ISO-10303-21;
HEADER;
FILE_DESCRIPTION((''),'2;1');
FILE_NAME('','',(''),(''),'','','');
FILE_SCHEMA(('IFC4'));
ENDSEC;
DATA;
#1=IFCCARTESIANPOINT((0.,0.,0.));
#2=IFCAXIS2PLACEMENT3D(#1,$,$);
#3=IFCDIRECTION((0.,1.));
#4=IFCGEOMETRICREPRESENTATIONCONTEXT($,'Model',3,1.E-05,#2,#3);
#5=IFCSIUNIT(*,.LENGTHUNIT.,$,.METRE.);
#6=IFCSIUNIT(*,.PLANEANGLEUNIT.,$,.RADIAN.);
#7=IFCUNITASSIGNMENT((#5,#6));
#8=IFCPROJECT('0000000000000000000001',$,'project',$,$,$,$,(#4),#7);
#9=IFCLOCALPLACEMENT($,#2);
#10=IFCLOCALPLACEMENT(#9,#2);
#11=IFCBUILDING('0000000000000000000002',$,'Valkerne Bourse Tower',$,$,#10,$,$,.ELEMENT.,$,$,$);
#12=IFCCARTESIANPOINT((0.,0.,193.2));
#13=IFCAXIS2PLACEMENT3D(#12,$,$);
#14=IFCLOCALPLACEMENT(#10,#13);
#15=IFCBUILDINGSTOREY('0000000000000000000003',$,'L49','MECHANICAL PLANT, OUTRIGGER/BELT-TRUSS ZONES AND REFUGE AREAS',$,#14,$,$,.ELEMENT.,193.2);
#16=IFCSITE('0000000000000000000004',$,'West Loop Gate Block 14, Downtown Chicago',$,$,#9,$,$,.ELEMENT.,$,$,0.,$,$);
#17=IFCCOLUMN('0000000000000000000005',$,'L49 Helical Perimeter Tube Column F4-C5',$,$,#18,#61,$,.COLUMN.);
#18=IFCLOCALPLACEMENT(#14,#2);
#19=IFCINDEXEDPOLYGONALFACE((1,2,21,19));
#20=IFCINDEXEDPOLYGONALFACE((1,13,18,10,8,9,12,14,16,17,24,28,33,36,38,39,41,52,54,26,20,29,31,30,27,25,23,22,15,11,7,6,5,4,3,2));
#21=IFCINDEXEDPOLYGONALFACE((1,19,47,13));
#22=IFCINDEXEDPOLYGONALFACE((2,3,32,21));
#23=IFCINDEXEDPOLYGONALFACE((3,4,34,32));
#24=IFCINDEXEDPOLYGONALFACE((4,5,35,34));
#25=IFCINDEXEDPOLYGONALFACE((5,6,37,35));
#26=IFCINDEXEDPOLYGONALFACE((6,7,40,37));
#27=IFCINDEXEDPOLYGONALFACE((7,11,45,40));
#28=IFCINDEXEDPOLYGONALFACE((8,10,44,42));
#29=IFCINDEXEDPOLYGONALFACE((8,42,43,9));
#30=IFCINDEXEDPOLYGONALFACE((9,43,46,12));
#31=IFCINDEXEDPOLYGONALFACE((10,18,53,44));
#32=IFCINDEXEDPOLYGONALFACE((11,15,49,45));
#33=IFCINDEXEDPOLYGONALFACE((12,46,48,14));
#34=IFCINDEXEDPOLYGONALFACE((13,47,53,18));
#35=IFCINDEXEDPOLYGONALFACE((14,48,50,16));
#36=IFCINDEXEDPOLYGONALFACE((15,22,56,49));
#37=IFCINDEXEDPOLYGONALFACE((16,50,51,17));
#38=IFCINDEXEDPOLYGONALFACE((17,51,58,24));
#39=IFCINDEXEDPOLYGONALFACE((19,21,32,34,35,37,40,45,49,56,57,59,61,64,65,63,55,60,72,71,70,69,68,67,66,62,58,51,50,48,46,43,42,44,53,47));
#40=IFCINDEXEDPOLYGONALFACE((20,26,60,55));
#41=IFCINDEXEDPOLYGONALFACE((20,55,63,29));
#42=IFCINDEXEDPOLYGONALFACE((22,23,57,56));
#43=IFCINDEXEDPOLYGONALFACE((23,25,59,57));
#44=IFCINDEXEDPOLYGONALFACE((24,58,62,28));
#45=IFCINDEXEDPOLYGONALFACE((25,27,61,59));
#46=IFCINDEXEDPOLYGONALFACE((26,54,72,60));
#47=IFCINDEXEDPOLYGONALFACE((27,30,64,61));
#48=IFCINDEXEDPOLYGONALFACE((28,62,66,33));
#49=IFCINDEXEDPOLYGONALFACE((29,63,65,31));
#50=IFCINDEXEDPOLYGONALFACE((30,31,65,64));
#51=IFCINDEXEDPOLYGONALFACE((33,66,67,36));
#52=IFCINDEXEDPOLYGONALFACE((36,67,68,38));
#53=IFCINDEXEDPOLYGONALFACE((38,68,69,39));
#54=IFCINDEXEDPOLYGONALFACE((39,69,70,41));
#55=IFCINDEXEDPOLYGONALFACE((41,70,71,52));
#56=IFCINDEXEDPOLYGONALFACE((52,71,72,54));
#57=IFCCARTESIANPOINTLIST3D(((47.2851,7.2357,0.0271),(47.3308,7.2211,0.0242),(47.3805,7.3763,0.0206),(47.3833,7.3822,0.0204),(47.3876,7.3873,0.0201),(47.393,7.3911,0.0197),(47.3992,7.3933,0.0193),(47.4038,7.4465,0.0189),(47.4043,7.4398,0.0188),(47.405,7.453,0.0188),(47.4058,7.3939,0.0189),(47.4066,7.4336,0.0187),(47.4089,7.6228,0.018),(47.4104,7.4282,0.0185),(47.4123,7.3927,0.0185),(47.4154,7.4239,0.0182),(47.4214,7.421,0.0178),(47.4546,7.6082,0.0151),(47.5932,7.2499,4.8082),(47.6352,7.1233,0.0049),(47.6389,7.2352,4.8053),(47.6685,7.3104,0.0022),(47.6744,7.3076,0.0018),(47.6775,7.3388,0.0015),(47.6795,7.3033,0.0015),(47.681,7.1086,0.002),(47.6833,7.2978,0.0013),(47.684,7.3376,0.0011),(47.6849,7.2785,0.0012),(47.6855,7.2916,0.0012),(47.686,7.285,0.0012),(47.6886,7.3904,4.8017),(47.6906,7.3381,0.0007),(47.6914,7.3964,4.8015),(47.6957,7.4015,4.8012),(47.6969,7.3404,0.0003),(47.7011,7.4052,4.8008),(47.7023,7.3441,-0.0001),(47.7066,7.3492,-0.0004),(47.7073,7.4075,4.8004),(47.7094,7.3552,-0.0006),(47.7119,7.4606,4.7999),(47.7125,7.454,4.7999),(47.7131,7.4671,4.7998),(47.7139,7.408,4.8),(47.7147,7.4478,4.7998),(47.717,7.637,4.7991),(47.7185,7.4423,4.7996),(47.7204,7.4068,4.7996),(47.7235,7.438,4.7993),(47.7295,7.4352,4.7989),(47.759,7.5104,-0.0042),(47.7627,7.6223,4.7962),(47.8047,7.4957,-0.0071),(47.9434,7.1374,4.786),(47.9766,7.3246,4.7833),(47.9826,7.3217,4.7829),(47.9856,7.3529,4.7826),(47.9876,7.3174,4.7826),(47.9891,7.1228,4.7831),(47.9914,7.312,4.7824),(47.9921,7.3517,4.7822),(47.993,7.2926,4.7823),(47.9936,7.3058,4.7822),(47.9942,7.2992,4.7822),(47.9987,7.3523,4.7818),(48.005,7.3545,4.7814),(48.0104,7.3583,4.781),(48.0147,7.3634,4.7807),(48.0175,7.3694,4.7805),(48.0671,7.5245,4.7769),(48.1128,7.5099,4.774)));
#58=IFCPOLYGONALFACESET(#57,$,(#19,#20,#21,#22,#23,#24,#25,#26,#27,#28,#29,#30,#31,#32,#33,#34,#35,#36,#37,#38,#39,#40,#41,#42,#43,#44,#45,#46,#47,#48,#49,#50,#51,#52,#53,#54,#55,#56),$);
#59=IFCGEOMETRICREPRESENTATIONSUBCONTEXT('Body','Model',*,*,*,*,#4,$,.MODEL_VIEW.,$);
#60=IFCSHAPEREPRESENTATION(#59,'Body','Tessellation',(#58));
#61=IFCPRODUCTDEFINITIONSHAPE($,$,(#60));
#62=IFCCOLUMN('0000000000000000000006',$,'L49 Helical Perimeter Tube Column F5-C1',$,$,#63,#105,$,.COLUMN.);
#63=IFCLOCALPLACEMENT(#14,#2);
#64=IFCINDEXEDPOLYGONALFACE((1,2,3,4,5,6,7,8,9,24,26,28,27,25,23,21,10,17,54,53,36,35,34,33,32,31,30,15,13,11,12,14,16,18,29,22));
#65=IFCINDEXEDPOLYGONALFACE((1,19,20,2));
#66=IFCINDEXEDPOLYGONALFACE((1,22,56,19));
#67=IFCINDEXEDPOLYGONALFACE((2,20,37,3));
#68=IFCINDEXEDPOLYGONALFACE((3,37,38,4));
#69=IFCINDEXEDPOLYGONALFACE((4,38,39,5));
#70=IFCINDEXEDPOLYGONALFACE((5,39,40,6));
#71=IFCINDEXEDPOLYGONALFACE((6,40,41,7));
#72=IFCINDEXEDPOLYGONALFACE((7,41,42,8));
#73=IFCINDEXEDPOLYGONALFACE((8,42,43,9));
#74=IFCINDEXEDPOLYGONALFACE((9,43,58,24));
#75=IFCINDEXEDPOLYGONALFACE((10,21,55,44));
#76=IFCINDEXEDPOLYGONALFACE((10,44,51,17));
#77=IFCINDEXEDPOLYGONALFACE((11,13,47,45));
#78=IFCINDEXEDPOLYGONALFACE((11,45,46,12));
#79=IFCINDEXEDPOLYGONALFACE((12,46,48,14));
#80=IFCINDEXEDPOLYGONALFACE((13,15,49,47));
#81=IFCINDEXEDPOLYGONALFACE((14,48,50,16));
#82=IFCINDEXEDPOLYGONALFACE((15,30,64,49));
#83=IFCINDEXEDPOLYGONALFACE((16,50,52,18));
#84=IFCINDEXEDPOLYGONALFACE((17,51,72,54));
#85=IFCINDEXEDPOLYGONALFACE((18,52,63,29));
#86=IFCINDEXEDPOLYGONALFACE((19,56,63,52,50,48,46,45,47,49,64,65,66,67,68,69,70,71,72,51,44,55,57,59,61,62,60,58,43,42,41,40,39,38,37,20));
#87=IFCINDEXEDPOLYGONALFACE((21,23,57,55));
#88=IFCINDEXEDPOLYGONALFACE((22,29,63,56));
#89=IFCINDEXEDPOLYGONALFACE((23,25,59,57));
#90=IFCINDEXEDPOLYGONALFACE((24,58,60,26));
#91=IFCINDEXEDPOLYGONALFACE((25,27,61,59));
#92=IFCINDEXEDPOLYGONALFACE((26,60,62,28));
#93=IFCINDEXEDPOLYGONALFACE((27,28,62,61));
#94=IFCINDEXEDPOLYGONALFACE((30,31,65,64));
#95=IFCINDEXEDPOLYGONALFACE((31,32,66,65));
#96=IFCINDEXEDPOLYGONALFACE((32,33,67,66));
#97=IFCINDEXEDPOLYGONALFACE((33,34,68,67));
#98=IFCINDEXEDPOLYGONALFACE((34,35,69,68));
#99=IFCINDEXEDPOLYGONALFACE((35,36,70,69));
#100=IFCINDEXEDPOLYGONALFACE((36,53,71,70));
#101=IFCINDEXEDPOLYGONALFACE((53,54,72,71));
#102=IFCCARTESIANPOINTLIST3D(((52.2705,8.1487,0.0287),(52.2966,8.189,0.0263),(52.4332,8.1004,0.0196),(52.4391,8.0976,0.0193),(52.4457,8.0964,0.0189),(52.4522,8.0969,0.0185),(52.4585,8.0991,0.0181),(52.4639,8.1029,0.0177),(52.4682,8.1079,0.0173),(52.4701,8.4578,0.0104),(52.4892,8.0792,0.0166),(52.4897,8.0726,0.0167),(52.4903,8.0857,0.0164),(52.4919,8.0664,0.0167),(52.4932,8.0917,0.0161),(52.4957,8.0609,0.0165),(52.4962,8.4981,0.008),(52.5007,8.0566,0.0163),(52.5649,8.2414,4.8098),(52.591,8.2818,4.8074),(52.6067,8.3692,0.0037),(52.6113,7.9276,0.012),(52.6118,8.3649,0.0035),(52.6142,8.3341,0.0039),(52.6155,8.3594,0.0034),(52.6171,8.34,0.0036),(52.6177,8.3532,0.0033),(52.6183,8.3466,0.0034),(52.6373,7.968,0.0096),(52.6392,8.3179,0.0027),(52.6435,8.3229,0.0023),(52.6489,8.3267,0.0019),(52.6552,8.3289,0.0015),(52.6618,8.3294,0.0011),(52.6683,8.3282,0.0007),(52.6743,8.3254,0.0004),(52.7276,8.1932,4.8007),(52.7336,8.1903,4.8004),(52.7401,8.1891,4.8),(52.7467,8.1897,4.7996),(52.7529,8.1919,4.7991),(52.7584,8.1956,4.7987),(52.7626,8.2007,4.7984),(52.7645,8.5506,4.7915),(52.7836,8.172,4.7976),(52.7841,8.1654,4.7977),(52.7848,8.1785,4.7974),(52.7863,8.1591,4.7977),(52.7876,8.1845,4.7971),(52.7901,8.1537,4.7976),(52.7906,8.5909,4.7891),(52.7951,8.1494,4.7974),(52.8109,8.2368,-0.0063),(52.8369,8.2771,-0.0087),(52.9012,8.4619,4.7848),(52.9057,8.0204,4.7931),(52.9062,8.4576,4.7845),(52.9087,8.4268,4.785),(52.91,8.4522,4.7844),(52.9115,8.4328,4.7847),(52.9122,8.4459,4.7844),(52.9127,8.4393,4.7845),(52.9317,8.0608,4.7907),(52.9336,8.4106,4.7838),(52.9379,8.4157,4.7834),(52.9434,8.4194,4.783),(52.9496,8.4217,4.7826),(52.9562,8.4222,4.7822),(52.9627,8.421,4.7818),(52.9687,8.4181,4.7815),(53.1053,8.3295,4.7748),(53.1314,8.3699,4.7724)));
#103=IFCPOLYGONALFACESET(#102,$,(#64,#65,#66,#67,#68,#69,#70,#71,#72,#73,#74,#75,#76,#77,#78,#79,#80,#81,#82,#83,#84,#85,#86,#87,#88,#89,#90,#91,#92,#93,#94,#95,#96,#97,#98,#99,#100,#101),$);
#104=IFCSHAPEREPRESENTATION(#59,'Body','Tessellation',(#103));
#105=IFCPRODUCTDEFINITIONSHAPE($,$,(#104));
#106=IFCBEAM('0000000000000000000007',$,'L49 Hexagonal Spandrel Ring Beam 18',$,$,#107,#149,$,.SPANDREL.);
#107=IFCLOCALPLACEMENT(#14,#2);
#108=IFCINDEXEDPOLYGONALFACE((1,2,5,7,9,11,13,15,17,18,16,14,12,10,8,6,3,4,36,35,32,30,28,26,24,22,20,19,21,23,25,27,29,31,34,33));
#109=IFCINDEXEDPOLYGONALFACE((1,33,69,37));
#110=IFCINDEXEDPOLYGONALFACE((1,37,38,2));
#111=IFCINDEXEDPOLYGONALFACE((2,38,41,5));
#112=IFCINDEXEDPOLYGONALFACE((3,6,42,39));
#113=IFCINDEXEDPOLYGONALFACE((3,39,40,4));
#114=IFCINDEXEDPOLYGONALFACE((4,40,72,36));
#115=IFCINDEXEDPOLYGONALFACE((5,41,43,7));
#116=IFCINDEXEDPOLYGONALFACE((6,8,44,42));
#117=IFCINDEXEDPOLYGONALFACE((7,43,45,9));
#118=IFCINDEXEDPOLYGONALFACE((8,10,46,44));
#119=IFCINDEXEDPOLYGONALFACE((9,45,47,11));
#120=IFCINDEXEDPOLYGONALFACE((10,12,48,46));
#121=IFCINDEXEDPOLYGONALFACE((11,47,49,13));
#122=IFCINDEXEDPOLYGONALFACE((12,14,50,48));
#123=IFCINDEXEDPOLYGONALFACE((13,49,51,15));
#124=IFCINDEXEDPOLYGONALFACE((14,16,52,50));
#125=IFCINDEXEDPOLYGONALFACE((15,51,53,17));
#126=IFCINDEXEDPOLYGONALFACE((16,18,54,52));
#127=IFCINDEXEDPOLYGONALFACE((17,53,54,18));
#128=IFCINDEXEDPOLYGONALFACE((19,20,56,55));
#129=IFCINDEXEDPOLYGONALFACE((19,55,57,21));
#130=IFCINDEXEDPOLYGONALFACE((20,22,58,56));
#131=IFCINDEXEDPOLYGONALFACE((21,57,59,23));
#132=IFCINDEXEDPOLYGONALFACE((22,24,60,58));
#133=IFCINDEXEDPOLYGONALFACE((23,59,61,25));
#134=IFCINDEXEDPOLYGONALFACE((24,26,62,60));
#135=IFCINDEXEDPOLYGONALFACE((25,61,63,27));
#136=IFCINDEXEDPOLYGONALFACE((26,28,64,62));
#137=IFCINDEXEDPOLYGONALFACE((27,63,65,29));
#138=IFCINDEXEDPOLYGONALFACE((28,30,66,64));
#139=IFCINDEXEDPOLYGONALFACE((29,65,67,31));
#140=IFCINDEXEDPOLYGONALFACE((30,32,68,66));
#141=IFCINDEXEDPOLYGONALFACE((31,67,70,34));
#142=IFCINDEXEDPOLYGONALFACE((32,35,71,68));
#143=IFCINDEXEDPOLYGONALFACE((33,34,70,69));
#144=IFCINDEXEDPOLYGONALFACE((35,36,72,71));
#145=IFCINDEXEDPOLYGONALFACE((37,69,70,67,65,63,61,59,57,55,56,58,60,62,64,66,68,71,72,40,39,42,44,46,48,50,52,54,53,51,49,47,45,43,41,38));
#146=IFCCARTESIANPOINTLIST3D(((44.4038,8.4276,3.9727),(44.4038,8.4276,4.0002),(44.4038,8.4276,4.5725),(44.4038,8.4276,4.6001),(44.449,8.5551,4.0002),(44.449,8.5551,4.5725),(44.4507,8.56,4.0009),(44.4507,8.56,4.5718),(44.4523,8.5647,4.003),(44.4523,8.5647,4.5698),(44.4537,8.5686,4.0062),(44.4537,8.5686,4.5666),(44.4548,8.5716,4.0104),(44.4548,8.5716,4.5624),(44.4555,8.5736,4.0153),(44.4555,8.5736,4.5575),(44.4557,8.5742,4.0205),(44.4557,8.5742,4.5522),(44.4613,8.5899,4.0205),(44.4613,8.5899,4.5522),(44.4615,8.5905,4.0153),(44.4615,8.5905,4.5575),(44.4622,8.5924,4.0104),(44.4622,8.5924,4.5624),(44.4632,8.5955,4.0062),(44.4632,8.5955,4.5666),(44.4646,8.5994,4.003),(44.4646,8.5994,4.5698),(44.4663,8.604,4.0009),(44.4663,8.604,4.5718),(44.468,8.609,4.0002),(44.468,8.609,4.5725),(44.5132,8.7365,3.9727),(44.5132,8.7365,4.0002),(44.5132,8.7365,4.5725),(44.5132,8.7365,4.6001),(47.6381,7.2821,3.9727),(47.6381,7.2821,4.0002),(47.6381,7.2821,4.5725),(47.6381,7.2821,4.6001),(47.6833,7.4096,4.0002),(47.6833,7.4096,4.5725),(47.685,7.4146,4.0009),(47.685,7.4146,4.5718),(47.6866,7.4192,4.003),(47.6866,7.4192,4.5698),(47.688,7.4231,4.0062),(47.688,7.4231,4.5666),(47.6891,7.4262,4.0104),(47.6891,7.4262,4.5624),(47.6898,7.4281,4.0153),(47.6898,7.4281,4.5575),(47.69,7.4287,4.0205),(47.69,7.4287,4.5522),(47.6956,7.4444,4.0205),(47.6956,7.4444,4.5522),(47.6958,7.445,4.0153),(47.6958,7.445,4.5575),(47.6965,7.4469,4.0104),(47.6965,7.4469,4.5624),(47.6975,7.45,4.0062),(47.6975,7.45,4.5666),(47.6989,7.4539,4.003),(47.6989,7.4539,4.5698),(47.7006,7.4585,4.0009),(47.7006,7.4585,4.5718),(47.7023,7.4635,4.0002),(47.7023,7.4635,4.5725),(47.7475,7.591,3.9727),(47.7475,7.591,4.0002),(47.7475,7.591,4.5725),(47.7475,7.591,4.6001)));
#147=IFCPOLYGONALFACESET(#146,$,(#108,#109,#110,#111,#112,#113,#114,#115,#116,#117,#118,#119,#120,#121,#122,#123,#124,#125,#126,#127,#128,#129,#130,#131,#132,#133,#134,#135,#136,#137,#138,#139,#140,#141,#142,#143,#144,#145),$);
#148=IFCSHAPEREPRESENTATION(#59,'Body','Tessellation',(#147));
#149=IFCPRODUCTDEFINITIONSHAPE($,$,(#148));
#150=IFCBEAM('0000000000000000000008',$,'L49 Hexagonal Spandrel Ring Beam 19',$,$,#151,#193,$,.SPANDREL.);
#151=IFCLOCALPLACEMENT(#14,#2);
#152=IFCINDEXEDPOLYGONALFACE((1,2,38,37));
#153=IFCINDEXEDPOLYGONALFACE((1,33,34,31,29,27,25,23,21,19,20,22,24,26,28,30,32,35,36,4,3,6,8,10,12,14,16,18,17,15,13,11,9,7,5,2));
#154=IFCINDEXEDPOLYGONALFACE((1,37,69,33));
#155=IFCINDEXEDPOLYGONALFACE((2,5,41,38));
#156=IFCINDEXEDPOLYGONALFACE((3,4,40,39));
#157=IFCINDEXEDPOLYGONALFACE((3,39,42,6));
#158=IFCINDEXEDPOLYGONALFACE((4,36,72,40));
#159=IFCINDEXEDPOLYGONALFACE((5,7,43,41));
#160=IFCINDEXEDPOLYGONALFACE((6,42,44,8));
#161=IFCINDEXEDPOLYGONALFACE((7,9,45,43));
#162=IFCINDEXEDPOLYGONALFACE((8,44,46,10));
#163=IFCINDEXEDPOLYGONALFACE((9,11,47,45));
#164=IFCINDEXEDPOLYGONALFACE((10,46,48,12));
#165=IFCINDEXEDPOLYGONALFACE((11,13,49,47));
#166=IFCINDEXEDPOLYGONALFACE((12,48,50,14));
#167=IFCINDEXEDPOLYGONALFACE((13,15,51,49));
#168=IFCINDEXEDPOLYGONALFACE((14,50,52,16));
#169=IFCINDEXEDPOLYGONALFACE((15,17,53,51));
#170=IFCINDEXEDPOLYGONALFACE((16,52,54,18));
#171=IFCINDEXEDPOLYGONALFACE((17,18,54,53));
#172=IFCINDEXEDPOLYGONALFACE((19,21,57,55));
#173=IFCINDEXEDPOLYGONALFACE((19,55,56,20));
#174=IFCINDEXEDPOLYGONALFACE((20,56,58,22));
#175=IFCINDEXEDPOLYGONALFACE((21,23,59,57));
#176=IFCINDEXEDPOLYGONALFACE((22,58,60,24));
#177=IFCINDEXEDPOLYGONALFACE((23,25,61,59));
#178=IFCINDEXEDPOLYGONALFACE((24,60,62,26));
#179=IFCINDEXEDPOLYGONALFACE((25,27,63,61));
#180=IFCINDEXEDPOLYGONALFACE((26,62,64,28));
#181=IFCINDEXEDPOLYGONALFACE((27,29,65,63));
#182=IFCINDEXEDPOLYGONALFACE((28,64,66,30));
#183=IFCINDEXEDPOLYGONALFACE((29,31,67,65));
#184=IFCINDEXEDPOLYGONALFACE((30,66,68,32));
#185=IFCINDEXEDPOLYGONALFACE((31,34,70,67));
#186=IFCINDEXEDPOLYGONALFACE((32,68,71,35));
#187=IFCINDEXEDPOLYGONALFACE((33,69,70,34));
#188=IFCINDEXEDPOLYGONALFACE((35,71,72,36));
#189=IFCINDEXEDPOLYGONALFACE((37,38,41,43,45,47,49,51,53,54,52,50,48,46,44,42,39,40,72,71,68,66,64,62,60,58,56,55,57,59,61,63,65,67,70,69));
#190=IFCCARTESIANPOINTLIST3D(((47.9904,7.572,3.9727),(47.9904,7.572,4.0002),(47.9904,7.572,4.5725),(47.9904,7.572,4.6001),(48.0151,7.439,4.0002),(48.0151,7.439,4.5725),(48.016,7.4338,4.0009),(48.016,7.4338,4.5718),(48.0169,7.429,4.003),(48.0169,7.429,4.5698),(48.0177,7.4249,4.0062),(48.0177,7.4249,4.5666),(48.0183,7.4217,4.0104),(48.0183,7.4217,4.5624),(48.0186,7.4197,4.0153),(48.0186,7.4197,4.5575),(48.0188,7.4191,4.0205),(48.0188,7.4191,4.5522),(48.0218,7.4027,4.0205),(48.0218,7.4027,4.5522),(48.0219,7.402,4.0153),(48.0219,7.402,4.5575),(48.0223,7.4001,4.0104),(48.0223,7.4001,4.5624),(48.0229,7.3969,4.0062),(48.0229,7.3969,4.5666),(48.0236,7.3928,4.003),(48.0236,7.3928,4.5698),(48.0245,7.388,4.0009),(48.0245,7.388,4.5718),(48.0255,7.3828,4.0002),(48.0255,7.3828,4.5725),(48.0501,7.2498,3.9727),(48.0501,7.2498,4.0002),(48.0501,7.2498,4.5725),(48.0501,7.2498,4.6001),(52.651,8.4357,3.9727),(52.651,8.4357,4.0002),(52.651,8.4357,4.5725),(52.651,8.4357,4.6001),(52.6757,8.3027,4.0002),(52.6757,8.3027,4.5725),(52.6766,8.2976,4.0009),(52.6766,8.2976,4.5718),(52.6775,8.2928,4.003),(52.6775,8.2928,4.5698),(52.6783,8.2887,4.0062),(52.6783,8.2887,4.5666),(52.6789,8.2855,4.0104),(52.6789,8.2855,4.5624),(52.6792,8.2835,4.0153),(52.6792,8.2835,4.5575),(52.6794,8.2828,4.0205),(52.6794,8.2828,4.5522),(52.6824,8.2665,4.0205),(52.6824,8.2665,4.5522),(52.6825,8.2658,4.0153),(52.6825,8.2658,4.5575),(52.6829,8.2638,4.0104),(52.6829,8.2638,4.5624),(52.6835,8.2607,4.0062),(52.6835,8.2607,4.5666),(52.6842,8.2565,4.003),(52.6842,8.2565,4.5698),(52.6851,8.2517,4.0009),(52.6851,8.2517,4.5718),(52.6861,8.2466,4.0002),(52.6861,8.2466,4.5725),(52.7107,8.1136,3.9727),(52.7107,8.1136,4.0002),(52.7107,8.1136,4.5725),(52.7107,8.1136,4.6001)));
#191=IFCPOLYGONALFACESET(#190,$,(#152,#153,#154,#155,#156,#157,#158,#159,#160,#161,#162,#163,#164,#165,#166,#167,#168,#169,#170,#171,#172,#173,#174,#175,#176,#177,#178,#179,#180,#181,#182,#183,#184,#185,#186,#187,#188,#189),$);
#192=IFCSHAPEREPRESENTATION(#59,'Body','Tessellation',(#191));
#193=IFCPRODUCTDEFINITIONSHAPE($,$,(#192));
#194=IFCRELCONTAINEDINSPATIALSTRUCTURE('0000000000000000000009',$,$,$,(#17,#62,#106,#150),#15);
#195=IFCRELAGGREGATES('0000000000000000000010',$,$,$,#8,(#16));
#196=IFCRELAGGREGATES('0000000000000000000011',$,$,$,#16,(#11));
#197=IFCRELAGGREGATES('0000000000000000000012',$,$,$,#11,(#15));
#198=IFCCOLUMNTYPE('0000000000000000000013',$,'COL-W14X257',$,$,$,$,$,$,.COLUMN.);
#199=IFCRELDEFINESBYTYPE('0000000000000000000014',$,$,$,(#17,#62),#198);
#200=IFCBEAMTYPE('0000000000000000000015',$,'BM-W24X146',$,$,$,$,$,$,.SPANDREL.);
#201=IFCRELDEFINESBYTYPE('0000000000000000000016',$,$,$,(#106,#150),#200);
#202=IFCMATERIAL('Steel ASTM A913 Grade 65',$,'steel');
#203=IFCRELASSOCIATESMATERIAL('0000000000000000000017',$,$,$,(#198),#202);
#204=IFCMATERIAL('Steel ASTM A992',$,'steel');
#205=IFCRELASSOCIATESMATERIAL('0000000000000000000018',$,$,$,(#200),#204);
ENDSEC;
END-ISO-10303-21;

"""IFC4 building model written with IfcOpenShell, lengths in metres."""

from ifc_helpers import new_model, si_unit, direction, frame, origin, origin_2d, place, context, subcontext, project, spatial, i_section, extrude, material, material_profile, profile_set, type_object, element, save


model = new_model("IFC4")

# Units and contexts
model_context = context("Model", 3, precision=1e-05, world=origin(), true_north=direction((0.0, 1.0)))
body_context = subcontext(model_context, "Body", "Model", "MODEL_VIEW")
ifc_project = project(units=[si_unit("LENGTHUNIT", "METRE"), si_unit("PLANEANGLEUNIT", "RADIAN")], contexts=[model_context])

# Site, building, storey
site_placement = place(None, origin())
site = spatial("IfcSite", under=ifc_project, at=site_placement, Name="West Loop Gate Block 14, Downtown Chicago", CompositionType="ELEMENT", RefElevation=0.0)
building_placement = place(site_placement, origin())
building = spatial("IfcBuilding", under=site, at=building_placement, Name="Valkerne Bourse Tower", CompositionType="ELEMENT")
storey_placement = place(building_placement, frame((0.0, 0.0, 193.2)))
storey = spatial("IfcBuildingStorey", under=building, at=storey_placement, Name="L49", Description="MECHANICAL PLANT, OUTRIGGER/BELT-TRUSS ZONES AND REFUGE AREAS", CompositionType="ELEMENT", Elevation=193.2)

# Columns
ifc_material_1 = material(Name="Steel ASTM A913 Grade 65", Category="steel")
ifc_material_profile_1 = material_profile(ifc_material_1, i_section(OverallWidth=0.4065, OverallDepth=0.4165, WebThickness=0.0298, FlangeThickness=0.0481, FilletRadius=0.0254, at=origin_2d()), Name="W14X257")
ifc_profile_set_1 = profile_set([ifc_material_profile_1], Name="Steel ASTM A913 Grade 65")
column_type = type_object("IfcColumnType", Name="COL-W14X257", PredefinedType="COLUMN", material=ifc_profile_set_1)
for number, where, z_axis, x_axis, name in (
    (1, (47.5449, 7.3657, 0.01), (0.06431, 0.002956, 0.997926), (0.304451, 0.952264, -0.02244), "L49 Helical Perimeter Tube Column F4-C5"),
    (2, (52.5537, 8.2129, 0.01), (0.061456, 0.019364, 0.997922), (-0.838254, 0.543731, 0.041072), "L49 Helical Perimeter Tube Column F5-C1"),
):
    element("IfcColumn", number, at=place(storey_placement, frame(where, z_axis=z_axis, x_axis=x_axis)), inside=storey, type_object=column_type, Name=name, PredefinedType="COLUMN", context=body_context, shape_type="SweptSolid", body=[
        extrude(i_section(OverallWidth=0.4065, OverallDepth=0.4165, WebThickness=0.0298, FlangeThickness=0.0481, FilletRadius=0.0254, at=origin_2d()), origin(), (0.0, 0.0, 1.0), 4.791),
    ])

# Beams
ifc_material_2 = material(Name="Steel ASTM A992", Category="steel")
ifc_material_profile_2 = material_profile(ifc_material_2, i_section(OverallWidth=0.3276, OverallDepth=0.6274, WebThickness=0.0166, FlangeThickness=0.0276, FilletRadius=0.0203, at=origin_2d()), Name="W24X146")
ifc_profile_set_2 = profile_set([ifc_material_profile_2], Name="Steel ASTM A992")
beam_type_1 = type_object("IfcBeamType", Name="BM-W24X146", PredefinedType="SPANDREL", material=ifc_profile_set_2)
beam_1_placement = place(storey_placement, frame((44.4585, 8.582, 4.2864), z_axis=(0.942627, -0.333847, 0.0), x_axis=(0.333847, 0.942627, 0.0)))
element("IfcBeam", 3, at=beam_1_placement, inside=storey, type_object=beam_type_1, Name="L49 Hexagonal Spandrel Ring Beam 18", PredefinedType="SPANDREL", context=body_context, shape_type="SweptSolid", body=[
    extrude(i_section(OverallWidth=0.3276, OverallDepth=0.6274, WebThickness=0.0166, FlangeThickness=0.0276, FilletRadius=0.0203, at=origin_2d()), origin(), (0.0, 0.0, 1.0), 3.4312),
])
beam_2_placement = place(storey_placement, frame((48.0203, 7.4109, 4.2864), z_axis=(0.983256, 0.182229, 0.0), x_axis=(-0.182229, 0.983256, 0.0)))
element("IfcBeam", 4, at=beam_2_placement, inside=storey, type_object=beam_type_1, Name="L49 Hexagonal Spandrel Ring Beam 19", PredefinedType="SPANDREL", context=body_context, shape_type="SweptSolid", body=[
    extrude(i_section(OverallWidth=0.3276, OverallDepth=0.6274, WebThickness=0.0166, FlangeThickness=0.0276, FilletRadius=0.0203, at=origin_2d()), origin(), (0.0, 0.0, 1.0), 4.74),
])

save(model, "model.ifc")
